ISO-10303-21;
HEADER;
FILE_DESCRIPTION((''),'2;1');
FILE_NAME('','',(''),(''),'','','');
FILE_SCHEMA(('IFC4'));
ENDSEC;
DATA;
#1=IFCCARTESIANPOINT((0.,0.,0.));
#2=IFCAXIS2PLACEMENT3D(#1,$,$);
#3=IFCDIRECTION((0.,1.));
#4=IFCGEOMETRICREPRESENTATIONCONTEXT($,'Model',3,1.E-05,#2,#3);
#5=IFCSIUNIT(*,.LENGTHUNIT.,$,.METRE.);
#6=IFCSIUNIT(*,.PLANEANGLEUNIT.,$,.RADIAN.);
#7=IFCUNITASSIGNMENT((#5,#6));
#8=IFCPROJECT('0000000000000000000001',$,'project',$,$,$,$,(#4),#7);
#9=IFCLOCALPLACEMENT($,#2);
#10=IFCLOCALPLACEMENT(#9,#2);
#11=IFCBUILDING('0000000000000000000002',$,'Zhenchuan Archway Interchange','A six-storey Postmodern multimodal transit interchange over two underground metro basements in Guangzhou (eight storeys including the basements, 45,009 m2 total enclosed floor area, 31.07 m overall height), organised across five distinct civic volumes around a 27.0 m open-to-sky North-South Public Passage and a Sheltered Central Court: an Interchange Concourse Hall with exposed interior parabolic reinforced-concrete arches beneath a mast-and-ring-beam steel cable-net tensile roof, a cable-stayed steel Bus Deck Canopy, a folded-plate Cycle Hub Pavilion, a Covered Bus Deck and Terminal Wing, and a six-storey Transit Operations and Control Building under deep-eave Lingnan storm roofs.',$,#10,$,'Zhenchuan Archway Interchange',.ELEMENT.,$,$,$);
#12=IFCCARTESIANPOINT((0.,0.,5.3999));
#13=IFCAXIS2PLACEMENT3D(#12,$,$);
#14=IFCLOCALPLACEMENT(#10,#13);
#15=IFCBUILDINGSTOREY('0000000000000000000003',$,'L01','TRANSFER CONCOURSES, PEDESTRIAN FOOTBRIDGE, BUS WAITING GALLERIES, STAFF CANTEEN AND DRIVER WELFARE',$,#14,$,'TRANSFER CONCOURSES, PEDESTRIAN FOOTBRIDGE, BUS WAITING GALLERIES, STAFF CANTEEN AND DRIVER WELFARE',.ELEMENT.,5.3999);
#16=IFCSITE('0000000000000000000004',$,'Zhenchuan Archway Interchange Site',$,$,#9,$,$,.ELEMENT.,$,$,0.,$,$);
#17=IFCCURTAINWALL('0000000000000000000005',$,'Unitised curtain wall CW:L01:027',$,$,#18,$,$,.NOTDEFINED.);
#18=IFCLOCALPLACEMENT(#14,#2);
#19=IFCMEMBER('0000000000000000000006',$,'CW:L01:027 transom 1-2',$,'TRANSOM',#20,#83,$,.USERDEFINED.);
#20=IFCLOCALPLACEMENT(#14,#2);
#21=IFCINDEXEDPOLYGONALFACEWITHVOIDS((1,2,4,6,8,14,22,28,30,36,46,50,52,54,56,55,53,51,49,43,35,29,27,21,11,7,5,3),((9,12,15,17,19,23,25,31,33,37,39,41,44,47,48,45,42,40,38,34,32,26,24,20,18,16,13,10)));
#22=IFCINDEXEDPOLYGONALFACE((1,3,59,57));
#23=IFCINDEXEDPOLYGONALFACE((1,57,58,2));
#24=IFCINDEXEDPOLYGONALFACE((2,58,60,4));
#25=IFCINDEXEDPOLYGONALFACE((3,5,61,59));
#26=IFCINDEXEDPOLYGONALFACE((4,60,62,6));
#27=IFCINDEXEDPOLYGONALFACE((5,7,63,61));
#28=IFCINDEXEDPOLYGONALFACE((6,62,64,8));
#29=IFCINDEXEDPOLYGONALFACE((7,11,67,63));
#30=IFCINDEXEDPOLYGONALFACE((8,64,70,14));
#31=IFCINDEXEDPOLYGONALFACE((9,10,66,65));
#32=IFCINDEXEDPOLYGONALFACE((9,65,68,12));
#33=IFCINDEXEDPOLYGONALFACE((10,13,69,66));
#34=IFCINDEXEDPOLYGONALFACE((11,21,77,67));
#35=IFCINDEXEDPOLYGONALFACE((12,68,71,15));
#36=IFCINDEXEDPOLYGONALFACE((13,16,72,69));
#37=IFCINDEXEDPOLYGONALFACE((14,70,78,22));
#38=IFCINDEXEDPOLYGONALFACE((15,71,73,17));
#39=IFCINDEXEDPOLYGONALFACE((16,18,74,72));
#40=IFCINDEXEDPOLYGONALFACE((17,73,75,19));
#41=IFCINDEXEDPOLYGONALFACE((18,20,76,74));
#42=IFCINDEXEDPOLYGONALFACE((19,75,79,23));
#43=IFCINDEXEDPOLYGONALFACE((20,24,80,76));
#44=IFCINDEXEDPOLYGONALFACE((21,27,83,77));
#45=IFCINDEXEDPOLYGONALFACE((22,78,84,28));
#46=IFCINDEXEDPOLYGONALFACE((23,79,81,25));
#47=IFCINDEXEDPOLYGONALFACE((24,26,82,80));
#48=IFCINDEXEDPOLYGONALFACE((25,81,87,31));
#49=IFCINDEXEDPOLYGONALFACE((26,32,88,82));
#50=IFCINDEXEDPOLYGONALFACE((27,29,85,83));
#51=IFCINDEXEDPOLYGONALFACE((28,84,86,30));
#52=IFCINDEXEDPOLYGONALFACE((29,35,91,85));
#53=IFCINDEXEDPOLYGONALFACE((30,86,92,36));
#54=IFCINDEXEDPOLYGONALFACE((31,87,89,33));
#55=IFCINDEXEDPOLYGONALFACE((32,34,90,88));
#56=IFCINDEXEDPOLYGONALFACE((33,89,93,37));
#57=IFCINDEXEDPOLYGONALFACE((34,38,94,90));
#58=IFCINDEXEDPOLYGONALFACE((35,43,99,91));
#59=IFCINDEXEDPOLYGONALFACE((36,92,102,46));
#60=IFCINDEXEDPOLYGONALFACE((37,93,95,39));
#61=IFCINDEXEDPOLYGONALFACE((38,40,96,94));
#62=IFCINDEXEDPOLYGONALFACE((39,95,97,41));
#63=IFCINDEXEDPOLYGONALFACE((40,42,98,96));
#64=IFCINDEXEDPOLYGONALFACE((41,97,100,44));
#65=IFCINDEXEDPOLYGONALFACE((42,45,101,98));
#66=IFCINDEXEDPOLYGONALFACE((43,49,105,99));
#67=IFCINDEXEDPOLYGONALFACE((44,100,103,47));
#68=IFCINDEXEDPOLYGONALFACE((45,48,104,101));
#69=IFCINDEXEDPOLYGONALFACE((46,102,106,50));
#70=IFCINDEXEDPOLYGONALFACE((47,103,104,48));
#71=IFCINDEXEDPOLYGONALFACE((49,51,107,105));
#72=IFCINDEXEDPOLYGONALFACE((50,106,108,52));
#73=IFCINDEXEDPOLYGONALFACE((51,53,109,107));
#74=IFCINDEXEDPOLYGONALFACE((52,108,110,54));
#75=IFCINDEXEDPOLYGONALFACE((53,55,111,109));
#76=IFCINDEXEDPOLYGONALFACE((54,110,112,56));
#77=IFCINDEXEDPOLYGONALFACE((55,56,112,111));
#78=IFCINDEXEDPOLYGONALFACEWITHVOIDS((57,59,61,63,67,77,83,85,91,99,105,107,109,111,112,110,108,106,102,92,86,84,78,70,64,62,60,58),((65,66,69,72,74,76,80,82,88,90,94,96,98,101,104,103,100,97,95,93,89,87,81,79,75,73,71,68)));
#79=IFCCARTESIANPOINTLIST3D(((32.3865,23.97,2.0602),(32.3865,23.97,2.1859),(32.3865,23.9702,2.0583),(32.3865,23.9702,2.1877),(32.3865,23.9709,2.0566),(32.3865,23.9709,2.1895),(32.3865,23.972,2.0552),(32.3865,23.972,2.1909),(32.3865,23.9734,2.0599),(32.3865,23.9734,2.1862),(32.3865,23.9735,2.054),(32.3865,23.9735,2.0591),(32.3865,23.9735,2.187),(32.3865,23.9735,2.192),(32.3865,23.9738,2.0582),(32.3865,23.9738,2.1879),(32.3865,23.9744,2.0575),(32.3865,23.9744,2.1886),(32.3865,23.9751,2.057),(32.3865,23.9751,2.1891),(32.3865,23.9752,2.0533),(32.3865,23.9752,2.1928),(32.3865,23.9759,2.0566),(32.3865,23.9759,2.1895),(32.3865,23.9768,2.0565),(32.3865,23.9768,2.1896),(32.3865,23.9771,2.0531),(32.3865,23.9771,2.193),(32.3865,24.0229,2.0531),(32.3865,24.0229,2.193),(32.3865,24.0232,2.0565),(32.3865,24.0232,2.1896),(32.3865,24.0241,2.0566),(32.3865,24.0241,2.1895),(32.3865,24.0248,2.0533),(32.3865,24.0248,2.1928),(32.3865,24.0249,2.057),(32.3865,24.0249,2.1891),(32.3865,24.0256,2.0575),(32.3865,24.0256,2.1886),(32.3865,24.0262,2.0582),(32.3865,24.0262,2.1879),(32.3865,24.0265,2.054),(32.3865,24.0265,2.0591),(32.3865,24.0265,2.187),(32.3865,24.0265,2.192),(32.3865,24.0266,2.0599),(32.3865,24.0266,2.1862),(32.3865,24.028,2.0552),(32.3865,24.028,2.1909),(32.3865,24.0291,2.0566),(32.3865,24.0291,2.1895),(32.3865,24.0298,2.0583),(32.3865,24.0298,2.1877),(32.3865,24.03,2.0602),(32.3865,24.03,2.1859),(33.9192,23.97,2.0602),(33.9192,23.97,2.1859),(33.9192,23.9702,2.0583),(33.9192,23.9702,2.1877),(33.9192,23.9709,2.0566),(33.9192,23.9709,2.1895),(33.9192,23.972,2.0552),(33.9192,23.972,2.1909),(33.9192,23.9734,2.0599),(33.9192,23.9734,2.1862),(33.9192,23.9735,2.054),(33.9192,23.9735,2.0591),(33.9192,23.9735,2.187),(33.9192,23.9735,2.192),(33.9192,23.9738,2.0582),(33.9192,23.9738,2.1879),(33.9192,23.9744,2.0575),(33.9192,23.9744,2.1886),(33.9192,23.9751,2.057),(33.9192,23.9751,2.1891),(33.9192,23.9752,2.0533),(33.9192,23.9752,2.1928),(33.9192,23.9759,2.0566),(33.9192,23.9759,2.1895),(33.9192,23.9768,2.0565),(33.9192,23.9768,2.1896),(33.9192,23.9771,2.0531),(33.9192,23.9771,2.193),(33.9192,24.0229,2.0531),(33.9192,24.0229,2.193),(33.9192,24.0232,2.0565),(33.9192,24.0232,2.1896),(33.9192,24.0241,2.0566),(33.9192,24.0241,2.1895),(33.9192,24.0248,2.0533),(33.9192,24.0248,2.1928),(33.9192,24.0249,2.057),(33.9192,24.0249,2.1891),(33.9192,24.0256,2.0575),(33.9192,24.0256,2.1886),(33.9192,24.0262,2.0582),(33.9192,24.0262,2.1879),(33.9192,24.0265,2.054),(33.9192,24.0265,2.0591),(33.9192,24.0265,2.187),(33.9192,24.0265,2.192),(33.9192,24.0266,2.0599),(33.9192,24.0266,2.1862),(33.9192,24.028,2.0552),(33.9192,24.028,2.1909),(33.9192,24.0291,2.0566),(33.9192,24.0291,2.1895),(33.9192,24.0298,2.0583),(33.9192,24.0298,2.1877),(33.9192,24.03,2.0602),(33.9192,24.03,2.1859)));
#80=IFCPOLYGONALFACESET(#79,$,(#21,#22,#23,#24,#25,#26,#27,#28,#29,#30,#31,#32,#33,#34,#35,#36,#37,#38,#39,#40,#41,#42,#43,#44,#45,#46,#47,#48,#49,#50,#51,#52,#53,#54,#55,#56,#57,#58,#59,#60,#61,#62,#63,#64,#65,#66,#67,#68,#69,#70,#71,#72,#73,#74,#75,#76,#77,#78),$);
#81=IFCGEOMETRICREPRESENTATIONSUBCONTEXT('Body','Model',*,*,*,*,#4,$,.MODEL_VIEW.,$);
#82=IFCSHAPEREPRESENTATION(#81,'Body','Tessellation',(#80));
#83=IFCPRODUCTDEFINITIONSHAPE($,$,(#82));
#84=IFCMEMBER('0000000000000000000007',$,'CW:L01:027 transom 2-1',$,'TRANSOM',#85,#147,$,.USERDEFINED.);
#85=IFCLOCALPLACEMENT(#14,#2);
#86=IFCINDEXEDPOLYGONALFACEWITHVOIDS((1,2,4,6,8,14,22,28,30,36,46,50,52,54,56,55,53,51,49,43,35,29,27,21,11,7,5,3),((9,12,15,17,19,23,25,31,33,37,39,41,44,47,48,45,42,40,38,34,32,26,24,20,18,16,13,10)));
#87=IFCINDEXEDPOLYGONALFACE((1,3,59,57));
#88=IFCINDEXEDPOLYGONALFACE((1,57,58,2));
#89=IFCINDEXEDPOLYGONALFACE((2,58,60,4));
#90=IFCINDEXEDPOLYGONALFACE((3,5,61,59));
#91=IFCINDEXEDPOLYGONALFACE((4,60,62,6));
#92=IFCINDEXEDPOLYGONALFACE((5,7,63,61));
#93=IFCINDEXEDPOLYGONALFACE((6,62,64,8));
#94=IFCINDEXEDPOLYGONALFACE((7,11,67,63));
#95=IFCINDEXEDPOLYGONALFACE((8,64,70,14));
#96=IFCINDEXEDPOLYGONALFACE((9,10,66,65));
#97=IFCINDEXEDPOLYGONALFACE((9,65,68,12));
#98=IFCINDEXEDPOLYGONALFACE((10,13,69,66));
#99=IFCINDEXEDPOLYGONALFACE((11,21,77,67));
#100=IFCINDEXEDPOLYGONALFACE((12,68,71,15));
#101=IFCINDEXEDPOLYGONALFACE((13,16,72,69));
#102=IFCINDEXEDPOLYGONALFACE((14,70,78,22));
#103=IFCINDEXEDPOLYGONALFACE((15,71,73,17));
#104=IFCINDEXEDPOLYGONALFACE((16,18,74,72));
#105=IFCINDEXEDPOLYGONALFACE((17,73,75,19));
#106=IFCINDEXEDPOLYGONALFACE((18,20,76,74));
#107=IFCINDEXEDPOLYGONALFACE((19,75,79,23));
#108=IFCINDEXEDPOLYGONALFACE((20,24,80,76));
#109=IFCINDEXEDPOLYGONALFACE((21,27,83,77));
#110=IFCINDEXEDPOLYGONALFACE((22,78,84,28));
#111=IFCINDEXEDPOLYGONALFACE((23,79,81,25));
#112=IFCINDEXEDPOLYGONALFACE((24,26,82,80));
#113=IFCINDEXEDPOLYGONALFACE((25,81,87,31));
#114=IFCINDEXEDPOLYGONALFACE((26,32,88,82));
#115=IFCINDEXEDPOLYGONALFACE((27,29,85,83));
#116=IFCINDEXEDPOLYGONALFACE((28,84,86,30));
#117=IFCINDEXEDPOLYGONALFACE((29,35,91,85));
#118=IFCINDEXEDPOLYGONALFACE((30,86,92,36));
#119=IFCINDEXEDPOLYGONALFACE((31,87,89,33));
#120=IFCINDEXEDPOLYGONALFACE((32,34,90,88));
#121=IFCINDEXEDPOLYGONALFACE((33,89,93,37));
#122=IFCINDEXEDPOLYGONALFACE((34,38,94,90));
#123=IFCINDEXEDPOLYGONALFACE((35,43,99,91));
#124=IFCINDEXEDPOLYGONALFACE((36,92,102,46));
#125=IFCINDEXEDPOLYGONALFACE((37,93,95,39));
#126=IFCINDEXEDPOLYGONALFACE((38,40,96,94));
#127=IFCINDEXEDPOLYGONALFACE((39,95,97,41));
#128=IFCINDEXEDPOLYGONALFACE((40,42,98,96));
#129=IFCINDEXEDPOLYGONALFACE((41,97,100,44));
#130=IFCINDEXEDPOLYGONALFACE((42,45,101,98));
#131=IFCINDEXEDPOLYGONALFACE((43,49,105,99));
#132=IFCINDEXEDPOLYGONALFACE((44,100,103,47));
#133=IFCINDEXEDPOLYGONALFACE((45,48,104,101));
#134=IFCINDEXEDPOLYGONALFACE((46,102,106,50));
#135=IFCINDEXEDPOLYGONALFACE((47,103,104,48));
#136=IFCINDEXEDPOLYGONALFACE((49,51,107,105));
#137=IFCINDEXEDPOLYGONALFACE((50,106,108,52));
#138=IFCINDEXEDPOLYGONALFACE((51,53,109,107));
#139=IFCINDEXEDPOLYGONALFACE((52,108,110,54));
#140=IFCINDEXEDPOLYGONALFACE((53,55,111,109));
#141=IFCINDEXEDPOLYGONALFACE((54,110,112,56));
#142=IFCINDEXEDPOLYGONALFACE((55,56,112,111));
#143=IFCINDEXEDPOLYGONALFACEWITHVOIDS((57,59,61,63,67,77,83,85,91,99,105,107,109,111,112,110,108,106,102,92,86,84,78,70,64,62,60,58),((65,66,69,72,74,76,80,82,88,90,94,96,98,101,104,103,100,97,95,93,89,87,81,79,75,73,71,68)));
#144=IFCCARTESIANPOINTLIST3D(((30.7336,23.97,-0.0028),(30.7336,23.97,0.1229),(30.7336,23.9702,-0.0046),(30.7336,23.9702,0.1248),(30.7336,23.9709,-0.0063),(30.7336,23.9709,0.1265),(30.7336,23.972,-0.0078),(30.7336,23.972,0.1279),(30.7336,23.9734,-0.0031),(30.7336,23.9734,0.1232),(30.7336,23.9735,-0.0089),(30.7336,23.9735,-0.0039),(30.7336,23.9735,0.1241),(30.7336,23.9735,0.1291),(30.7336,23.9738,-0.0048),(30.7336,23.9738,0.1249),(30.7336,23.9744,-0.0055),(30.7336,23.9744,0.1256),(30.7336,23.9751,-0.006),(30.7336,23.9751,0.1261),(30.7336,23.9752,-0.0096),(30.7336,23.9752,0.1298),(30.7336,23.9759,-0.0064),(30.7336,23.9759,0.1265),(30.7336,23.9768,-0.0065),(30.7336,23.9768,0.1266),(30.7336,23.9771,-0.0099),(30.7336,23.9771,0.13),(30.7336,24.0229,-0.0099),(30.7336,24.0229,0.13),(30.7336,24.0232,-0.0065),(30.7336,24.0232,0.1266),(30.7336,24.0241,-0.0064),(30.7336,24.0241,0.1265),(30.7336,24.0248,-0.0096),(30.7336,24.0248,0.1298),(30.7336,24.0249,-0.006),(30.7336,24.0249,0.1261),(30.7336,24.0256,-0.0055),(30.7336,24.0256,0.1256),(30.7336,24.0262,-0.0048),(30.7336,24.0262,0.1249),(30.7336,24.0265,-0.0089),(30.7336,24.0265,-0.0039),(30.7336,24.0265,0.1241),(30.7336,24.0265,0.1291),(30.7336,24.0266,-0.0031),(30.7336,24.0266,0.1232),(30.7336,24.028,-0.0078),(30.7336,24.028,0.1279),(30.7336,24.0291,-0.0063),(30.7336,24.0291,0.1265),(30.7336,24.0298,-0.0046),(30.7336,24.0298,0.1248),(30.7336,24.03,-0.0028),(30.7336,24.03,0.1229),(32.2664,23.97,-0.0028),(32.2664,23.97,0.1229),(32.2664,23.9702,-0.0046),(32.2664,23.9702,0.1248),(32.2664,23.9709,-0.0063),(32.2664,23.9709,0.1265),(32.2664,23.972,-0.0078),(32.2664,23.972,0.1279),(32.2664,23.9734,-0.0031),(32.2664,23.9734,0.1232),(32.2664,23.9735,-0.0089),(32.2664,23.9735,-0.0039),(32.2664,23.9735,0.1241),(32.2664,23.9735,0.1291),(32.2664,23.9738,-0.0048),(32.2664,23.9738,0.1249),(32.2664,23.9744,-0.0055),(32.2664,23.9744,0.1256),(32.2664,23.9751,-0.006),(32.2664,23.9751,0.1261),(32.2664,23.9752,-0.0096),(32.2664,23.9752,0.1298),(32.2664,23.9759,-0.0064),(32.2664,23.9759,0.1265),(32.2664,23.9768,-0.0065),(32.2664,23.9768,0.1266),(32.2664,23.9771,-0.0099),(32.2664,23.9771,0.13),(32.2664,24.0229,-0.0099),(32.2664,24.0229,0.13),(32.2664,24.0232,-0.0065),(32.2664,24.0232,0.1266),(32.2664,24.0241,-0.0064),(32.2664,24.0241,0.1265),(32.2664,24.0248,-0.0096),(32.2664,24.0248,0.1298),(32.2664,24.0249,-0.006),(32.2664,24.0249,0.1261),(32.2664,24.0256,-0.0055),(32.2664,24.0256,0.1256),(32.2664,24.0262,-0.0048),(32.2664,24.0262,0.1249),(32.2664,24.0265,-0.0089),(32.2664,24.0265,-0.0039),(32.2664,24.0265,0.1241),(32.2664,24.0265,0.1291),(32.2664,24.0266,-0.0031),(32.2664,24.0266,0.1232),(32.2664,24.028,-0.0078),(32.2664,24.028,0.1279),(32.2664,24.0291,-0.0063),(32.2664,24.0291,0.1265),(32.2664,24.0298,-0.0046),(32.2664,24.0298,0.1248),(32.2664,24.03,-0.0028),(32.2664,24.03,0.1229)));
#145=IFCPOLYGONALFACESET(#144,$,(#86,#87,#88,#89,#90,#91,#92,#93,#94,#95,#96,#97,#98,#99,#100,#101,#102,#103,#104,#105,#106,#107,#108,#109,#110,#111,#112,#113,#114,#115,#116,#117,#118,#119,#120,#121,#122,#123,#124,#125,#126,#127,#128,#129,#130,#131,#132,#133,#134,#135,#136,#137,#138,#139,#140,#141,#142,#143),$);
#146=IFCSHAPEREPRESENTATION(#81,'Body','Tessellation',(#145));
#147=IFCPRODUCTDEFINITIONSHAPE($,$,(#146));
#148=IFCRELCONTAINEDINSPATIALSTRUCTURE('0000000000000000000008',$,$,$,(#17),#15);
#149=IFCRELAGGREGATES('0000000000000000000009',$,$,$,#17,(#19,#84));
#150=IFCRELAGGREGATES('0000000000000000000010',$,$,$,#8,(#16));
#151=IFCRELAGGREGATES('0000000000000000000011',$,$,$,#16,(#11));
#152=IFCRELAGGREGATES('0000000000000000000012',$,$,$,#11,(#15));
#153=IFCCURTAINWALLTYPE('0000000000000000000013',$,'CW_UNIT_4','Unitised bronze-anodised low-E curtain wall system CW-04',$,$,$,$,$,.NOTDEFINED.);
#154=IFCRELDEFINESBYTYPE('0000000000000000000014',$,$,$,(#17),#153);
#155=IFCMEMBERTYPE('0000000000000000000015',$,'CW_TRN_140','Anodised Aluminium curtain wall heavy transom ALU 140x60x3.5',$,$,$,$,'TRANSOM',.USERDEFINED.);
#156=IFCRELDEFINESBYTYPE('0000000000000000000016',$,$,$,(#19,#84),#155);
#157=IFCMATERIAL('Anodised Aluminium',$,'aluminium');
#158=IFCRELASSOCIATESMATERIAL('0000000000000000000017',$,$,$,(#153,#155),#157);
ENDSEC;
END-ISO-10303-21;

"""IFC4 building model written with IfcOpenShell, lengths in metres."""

from ifc_helpers import new_model, si_unit, direction, frame, origin, origin_2d, place, context, subcontext, project, spatial, hollow_rectangle, extrude, material, material_profile, profile_set, type_object, element, aggregate, save


model = new_model("IFC4")

# Units and contexts
model_context = context("Model", 3, precision=1e-05, world=origin(), true_north=direction((0.0, 1.0)))
body_context = subcontext(model_context, "Body", "Model", "MODEL_VIEW")
ifc_project = project(units=[si_unit("LENGTHUNIT", "METRE"), si_unit("PLANEANGLEUNIT", "RADIAN")], contexts=[model_context])

# Site, building, storey
site_placement = place(None, origin())
site = spatial("IfcSite", under=ifc_project, at=site_placement, Name="Zhenchuan Archway Interchange Site", CompositionType="ELEMENT", RefElevation=0.0)
building_placement = place(site_placement, origin())
building = spatial("IfcBuilding", under=site, at=building_placement, Name="Zhenchuan Archway Interchange", Description="A six-storey Postmodern multimodal transit interchange over two underground metro basements in Guangzhou (eight storeys including the basements, 45,009 m2 total enclosed floor area, 31.07 m overall height), organised across five distinct civic volumes around a 27.0 m open-to-sky North-South Public Passage and a Sheltered Central Court: an Interchange Concourse Hall with exposed interior parabolic reinforced-concrete arches beneath a mast-and-ring-beam steel cable-net tensile roof, a cable-stayed steel Bus Deck Canopy, a folded-plate Cycle Hub Pavilion, a Covered Bus Deck and Terminal Wing, and a six-storey Transit Operations and Control Building under deep-eave Lingnan storm roofs.", LongName="Zhenchuan Archway Interchange", CompositionType="ELEMENT")
storey_placement = place(building_placement, frame((0.0, 0.0, 5.3999)))
storey = spatial("IfcBuildingStorey", under=building, at=storey_placement, Name="L01", Description="TRANSFER CONCOURSES, PEDESTRIAN FOOTBRIDGE, BUS WAITING GALLERIES, STAFF CANTEEN AND DRIVER WELFARE", LongName="TRANSFER CONCOURSES, PEDESTRIAN FOOTBRIDGE, BUS WAITING GALLERIES, STAFF CANTEEN AND DRIVER WELFARE", CompositionType="ELEMENT", Elevation=5.3999)

# Curtain wall, members
ifc_material_1 = material(Name="Anodised Aluminium", Category="aluminium")
curtain_wall_type = type_object("IfcCurtainWallType", Name="CW_UNIT_4", Description="Unitised bronze-anodised low-E curtain wall system CW-04", PredefinedType="NOTDEFINED", material=ifc_material_1)
curtain_wall_placement = place(storey_placement, origin())
curtain_wall = element("IfcCurtainWall", 1, at=curtain_wall_placement, inside=storey, type_object=curtain_wall_type, Name="Unitised curtain wall CW:L01:027", PredefinedType="NOTDEFINED")
ifc_material_profile_1 = material_profile(ifc_material_1, hollow_rectangle(XDim=0.0601, YDim=0.1399, WallThickness=0.0034, InnerFilletRadius=0.0034, OuterFilletRadius=0.0071, at=origin_2d()), Name="ALU 140x60x3.5")
ifc_profile_set_1 = profile_set([ifc_material_profile_1], Name="Anodised Aluminium")
member_type_1 = type_object("IfcMemberType", Name="CW_TRN_140", Description="Anodised Aluminium curtain wall heavy transom ALU 140x60x3.5", ElementType="TRANSOM", PredefinedType="USERDEFINED", material=ifc_profile_set_1)
member_1_placement = place(storey_placement, frame((33.9192, 24.0, 2.123), z_axis=(-1.0, 0.0, 0.0), x_axis=(0.0, -1.0, 0.0)))
member_1 = element("IfcMember", 2, at=member_1_placement, type_object=member_type_1, Name="CW:L01:027 transom 1-2", ObjectType="TRANSOM", PredefinedType="USERDEFINED", context=body_context, shape_type="SweptSolid", body=[
    extrude(hollow_rectangle(XDim=0.0601, YDim=0.1399, WallThickness=0.0034, InnerFilletRadius=0.0034, OuterFilletRadius=0.0071, at=origin_2d()), origin(), (0.0, 0.0, 1.0), 1.5327),
])
member_2_placement = place(storey_placement, frame((32.2664, 24.0, 0.0601), z_axis=(-1.0, 0.0, 0.0), x_axis=(0.0, -1.0, 0.0)))
member_2 = element("IfcMember", 3, at=member_2_placement, type_object=member_type_1, Name="CW:L01:027 transom 2-1", ObjectType="TRANSOM", PredefinedType="USERDEFINED", context=body_context, shape_type="SweptSolid", body=[
    extrude(hollow_rectangle(XDim=0.0601, YDim=0.1399, WallThickness=0.0034, InnerFilletRadius=0.0034, OuterFilletRadius=0.0071, at=origin_2d()), origin(), (0.0, 0.0, 1.0), 1.5327),
])

aggregate(curtain_wall, [member_1, member_2])

save(model, "model.ifc")
